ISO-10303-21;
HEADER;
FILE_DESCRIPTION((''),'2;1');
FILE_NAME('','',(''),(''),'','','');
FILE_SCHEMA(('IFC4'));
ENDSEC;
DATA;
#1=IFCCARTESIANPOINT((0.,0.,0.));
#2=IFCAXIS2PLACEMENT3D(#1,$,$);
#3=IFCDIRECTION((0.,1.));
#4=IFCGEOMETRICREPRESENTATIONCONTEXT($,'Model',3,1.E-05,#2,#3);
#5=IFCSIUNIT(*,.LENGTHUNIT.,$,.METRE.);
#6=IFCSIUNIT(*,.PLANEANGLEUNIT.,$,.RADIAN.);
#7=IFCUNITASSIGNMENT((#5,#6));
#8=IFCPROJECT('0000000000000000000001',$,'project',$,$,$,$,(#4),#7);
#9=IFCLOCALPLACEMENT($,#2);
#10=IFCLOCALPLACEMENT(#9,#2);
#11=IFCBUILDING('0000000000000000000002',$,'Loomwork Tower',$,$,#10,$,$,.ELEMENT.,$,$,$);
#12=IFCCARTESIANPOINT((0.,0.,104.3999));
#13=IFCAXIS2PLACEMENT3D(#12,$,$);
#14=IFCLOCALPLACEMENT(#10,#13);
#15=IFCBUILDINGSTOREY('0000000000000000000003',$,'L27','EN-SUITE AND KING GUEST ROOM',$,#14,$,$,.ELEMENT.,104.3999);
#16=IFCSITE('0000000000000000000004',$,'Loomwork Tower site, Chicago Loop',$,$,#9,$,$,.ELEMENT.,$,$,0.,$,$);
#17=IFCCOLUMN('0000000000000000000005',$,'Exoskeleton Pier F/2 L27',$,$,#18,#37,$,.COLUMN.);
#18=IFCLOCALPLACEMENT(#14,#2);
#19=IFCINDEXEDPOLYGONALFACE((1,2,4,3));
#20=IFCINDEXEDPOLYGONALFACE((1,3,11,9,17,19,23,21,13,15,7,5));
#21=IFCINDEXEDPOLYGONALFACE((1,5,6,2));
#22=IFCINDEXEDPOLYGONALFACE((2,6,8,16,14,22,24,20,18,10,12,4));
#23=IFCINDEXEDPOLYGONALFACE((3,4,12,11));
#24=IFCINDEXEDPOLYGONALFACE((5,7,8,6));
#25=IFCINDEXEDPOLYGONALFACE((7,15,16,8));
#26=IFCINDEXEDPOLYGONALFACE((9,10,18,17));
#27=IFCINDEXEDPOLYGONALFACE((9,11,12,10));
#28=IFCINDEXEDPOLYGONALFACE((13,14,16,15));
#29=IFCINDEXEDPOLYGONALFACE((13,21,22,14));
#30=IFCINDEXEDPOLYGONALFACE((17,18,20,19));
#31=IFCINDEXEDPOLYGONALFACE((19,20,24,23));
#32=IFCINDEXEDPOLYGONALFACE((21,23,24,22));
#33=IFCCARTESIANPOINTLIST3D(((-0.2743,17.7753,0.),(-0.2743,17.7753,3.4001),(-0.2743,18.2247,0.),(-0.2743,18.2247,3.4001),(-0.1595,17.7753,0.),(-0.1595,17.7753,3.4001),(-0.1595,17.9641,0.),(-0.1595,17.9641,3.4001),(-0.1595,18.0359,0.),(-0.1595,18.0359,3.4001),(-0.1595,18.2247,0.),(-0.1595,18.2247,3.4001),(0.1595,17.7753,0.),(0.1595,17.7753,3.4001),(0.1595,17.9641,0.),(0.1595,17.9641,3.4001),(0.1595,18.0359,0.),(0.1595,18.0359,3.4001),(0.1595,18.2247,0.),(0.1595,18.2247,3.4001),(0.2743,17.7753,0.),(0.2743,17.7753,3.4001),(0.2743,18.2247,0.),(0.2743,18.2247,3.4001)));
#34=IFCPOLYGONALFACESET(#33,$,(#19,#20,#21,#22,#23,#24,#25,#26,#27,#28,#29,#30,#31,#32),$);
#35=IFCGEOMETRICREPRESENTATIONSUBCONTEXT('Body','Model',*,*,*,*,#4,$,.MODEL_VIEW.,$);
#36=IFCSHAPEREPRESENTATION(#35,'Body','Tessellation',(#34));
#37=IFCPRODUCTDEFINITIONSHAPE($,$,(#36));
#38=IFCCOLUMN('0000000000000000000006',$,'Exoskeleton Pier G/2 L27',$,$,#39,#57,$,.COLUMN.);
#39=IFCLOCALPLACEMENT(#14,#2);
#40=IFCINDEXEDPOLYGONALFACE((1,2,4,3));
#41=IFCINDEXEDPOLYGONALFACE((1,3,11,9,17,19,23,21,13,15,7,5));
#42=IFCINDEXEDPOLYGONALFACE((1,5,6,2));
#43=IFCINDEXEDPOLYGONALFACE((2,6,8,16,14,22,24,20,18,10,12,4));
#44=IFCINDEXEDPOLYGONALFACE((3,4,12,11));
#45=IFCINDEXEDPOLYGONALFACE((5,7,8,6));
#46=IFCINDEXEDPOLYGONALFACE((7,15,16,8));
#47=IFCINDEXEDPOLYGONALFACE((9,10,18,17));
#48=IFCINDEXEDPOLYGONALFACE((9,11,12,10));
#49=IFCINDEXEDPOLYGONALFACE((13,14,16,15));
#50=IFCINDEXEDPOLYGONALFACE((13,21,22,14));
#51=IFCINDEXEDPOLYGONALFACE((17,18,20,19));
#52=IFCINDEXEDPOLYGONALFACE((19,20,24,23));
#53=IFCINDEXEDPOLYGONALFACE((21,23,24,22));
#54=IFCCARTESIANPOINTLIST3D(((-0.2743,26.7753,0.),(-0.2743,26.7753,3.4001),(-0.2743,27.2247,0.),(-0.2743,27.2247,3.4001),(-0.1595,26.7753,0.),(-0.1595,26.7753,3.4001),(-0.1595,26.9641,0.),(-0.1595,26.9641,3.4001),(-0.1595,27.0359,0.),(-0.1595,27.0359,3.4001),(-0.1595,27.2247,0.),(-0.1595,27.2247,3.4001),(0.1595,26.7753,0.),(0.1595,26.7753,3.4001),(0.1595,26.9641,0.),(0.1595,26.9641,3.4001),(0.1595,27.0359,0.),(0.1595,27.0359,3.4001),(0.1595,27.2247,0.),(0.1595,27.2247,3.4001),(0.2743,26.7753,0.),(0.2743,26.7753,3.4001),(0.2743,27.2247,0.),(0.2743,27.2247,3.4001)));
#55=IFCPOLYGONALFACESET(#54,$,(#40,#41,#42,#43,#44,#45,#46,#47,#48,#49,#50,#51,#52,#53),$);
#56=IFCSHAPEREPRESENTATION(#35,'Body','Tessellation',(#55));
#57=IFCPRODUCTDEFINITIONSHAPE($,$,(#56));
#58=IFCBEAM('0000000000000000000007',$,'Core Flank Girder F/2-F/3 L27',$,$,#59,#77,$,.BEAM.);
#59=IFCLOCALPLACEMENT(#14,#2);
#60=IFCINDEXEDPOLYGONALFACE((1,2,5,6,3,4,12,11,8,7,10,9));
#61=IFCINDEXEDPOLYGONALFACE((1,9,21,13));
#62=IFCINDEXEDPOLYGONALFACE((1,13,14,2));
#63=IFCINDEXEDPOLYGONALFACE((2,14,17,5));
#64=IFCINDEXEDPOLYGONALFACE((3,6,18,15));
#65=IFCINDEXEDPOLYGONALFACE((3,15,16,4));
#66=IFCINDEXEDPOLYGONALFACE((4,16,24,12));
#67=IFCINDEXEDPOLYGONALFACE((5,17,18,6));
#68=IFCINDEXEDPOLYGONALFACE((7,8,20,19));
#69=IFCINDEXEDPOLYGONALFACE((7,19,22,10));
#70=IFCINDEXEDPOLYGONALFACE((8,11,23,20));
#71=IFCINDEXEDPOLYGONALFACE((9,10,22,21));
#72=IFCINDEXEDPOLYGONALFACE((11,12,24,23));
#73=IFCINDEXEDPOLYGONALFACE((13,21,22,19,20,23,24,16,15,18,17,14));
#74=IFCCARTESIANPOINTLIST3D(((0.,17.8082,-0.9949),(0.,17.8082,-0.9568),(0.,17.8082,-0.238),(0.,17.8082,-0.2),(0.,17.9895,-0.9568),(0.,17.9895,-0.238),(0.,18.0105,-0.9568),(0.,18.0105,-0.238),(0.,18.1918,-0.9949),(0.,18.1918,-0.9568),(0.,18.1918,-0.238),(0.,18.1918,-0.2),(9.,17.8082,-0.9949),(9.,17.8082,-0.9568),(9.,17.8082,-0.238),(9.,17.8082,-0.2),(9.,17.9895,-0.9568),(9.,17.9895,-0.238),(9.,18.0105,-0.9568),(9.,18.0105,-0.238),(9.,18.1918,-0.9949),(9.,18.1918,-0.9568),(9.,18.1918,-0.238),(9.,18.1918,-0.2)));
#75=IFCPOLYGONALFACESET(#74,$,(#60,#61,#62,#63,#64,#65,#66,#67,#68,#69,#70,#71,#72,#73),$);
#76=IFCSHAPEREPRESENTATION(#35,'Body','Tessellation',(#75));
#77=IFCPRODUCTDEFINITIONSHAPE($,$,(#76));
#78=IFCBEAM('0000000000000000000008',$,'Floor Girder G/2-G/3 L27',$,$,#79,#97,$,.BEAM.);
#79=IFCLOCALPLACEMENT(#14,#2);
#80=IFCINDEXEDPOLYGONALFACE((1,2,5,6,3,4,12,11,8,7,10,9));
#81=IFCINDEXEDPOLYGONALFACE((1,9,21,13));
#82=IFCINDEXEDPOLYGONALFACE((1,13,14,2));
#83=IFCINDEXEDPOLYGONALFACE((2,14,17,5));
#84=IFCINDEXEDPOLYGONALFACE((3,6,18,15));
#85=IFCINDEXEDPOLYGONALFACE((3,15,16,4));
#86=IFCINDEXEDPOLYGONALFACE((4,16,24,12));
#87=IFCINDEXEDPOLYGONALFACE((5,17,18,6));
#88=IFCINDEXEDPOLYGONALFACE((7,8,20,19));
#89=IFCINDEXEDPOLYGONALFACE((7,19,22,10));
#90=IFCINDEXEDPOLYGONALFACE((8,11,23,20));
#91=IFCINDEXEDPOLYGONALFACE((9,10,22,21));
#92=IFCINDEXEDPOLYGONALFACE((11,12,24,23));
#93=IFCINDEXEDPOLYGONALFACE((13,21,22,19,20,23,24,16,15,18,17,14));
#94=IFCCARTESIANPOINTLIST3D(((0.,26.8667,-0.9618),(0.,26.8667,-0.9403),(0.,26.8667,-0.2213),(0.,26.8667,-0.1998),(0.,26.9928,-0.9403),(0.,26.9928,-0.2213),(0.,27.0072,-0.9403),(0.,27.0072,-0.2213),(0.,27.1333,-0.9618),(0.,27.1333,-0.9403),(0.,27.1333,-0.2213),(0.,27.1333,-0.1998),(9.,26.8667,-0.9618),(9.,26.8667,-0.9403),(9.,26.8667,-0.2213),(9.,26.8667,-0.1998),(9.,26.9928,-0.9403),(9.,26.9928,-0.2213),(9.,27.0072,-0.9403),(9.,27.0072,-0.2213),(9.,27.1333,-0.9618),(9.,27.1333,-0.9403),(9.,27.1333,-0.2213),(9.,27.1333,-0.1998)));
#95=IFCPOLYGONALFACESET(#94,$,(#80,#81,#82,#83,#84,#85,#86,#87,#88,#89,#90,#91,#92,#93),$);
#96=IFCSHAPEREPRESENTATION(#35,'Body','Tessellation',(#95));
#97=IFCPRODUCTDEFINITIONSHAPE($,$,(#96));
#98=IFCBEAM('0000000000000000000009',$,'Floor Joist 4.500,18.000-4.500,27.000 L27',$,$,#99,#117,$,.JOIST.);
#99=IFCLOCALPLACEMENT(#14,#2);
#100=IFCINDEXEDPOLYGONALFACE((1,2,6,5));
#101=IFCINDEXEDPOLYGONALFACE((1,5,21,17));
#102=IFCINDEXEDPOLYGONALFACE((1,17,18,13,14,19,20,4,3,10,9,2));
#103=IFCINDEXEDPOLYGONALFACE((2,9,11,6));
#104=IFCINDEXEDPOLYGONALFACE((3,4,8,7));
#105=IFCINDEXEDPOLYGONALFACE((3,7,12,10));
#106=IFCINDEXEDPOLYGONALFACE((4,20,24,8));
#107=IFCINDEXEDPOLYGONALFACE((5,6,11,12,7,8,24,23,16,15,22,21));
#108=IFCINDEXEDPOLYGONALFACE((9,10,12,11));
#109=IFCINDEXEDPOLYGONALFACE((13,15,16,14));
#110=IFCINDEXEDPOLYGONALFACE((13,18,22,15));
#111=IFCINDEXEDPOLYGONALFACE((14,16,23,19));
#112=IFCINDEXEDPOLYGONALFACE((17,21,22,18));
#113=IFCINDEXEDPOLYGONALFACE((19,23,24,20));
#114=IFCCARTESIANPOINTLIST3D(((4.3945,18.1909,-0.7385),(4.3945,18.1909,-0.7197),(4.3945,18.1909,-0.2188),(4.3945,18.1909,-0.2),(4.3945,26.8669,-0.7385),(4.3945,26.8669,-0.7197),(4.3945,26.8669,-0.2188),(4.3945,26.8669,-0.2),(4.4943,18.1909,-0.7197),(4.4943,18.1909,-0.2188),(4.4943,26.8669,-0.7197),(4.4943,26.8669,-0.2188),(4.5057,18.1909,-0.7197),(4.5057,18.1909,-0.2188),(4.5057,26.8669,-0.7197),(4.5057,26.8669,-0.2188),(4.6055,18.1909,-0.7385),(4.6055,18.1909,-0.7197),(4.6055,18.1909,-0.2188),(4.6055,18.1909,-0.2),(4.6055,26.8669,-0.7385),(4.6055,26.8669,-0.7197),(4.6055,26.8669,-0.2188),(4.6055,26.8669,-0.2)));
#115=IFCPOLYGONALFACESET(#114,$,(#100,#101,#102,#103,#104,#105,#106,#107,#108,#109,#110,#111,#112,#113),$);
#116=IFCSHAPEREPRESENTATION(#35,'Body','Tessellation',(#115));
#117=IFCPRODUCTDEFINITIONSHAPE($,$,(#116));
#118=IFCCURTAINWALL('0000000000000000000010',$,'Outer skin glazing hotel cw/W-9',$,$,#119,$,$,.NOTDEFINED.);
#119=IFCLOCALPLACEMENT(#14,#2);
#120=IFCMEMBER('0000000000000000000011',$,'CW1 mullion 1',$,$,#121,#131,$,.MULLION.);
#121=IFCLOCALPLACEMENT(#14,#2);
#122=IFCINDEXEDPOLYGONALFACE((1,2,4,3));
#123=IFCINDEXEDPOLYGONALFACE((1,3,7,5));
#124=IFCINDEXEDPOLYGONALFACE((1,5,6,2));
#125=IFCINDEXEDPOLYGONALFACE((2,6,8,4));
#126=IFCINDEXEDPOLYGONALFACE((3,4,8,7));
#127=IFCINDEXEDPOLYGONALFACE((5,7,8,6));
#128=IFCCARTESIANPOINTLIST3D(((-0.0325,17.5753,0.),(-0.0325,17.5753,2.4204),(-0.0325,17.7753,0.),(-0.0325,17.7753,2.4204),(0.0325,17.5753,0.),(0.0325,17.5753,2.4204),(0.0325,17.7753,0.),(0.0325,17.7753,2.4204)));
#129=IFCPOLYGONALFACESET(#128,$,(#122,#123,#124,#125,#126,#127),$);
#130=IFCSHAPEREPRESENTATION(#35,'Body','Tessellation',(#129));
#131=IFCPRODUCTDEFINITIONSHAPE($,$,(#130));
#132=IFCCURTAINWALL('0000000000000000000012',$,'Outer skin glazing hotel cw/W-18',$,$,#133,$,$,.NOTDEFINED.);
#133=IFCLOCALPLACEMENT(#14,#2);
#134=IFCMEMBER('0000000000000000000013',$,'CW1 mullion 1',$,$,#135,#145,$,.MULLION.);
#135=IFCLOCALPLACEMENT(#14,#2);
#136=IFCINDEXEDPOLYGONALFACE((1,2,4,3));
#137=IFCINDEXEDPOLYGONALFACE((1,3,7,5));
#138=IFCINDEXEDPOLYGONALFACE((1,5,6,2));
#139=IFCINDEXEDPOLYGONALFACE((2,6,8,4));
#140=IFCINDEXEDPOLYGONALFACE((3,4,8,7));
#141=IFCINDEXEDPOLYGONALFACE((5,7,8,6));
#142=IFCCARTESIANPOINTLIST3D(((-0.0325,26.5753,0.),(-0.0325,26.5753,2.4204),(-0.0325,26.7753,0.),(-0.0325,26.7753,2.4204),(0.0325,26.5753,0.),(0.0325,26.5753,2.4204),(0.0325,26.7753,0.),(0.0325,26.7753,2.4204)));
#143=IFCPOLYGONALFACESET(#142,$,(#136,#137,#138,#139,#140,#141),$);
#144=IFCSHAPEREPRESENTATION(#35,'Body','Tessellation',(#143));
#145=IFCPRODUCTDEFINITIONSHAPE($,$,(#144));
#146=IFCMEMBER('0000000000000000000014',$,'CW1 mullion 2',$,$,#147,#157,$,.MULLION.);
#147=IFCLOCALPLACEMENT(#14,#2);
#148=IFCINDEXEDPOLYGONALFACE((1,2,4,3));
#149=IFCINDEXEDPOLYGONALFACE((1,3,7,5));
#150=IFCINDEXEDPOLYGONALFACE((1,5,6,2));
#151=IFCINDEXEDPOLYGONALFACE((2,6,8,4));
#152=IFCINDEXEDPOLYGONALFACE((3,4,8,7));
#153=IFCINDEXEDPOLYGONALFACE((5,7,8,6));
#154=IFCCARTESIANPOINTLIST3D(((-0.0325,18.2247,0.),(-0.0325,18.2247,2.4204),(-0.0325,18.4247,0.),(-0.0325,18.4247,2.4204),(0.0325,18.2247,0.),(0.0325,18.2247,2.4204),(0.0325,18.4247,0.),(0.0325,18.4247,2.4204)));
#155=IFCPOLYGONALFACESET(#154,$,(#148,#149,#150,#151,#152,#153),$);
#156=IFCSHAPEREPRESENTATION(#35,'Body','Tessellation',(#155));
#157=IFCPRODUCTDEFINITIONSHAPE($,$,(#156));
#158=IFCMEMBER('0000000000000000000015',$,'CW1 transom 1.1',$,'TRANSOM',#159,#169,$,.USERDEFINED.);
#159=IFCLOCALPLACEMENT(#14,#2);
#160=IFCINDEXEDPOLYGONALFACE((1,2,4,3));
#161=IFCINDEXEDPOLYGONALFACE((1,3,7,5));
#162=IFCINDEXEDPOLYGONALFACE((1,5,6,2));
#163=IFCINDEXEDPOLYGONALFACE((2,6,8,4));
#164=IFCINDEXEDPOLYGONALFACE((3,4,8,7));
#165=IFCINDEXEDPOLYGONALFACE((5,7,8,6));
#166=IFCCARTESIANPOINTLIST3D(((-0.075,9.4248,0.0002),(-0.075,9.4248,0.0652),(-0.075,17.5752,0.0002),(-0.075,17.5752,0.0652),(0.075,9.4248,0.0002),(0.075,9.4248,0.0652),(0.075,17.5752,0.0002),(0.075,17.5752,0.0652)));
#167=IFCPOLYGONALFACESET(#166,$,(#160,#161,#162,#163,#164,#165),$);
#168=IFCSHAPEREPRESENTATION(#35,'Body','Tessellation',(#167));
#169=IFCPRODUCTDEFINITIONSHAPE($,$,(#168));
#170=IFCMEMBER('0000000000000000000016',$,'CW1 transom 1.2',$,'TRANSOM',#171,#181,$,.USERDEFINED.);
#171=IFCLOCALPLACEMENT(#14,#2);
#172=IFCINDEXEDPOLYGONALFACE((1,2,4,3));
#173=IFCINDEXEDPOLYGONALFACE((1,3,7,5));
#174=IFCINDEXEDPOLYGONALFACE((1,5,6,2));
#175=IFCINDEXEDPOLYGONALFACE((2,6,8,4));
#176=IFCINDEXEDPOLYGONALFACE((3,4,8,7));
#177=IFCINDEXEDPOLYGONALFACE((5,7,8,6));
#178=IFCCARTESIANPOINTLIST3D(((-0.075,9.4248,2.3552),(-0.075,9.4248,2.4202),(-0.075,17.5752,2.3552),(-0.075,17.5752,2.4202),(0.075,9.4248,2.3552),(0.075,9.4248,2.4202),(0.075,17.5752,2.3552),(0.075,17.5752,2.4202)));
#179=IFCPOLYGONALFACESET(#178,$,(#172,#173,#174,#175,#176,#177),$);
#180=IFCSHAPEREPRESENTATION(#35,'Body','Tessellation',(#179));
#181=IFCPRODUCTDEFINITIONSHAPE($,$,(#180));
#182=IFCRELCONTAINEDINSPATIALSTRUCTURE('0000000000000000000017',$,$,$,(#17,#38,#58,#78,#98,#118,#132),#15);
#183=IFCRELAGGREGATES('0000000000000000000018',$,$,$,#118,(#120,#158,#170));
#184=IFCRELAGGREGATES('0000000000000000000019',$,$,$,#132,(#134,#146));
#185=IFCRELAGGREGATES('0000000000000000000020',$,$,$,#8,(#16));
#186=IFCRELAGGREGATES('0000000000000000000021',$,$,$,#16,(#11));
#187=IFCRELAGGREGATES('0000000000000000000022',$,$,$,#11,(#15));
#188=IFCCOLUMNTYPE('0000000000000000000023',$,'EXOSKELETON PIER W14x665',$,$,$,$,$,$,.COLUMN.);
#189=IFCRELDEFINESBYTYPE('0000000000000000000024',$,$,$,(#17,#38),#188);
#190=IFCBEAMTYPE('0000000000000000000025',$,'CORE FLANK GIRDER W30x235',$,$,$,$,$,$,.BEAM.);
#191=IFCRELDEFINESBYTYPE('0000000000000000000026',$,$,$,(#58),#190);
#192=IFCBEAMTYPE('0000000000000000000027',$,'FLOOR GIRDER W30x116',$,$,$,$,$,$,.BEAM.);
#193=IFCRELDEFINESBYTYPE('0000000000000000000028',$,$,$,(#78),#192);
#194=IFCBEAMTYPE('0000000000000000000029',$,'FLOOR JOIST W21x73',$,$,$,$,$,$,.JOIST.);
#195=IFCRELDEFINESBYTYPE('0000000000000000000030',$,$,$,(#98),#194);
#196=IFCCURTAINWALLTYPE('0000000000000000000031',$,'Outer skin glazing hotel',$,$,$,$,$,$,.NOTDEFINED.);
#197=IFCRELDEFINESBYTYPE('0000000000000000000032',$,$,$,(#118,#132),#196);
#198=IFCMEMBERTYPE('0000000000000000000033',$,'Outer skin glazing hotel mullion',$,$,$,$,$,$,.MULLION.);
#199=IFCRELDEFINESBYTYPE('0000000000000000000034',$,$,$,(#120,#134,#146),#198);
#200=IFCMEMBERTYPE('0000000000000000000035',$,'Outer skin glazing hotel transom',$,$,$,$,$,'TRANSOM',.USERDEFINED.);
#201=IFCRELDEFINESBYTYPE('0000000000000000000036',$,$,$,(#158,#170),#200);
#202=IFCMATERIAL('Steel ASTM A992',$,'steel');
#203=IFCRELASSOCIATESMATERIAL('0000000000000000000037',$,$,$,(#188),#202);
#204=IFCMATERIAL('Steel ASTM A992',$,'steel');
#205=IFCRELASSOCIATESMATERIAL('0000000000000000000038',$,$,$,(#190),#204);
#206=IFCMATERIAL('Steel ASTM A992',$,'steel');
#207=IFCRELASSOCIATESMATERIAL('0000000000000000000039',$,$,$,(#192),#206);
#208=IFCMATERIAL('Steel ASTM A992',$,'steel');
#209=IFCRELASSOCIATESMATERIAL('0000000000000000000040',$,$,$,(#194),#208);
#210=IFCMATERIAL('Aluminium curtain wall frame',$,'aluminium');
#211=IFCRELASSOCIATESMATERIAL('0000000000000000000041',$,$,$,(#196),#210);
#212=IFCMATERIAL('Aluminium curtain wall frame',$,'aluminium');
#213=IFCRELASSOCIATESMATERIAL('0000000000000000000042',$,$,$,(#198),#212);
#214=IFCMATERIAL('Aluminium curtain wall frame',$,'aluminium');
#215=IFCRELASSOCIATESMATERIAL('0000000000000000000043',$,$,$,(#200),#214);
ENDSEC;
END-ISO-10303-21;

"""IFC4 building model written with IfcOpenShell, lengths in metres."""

from ifc_helpers import new_model, si_unit, direction, frame, origin, origin_2d, place, context, subcontext, project, spatial, rectangle, i_section, extrude, material, material_profile, profile_set, type_object, element, aggregate, save


model = new_model("IFC4")

# Units and contexts
model_context = context("Model", 3, precision=1e-05, world=origin(), true_north=direction((0.0, 1.0)))
body_context = subcontext(model_context, "Body", "Model", "MODEL_VIEW")
ifc_project = project(units=[si_unit("LENGTHUNIT", "METRE"), si_unit("PLANEANGLEUNIT", "RADIAN")], contexts=[model_context])

# Site, building, storey
site_placement = place(None, origin())
site = spatial("IfcSite", under=ifc_project, at=site_placement, Name="Loomwork Tower site, Chicago Loop", CompositionType="ELEMENT", RefElevation=0.0)
building_placement = place(site_placement, origin())
building = spatial("IfcBuilding", under=site, at=building_placement, Name="Loomwork Tower", CompositionType="ELEMENT")
storey_placement = place(building_placement, frame((0.0, 0.0, 104.3999)))
storey = spatial("IfcBuildingStorey", under=building, at=storey_placement, Name="L27", Description="EN-SUITE AND KING GUEST ROOM", CompositionType="ELEMENT", Elevation=104.3999)

# Columns
ifc_material_1 = material(Name="Steel ASTM A992", Category="steel")
ifc_material_profile_1 = material_profile(ifc_material_1, i_section(OverallWidth=0.4495, OverallDepth=0.5486, WebThickness=0.0718, FlangeThickness=0.1147, at=origin_2d()), Name="W14x665")
ifc_profile_set_1 = profile_set([ifc_material_profile_1], Name="Steel ASTM A992")
column_type = type_object("IfcColumnType", Name="EXOSKELETON PIER W14x665", PredefinedType="COLUMN", material=ifc_profile_set_1)
for number, where, z_axis, x_axis, name in (
    (1, (0.0, 18.0, 0.0), (0.0, 0.0, 1.0), (0.0, 1.0, 0.0), "Exoskeleton Pier F/2 L27"),
    (2, (0.0, 27.0, 0.0), (0.0, 0.0, 1.0), (0.0, 1.0, 0.0), "Exoskeleton Pier G/2 L27"),
):
    element("IfcColumn", number, at=place(storey_placement, frame(where, z_axis=z_axis, x_axis=x_axis)), inside=storey, type_object=column_type, Name=name, PredefinedType="COLUMN", context=body_context, shape_type="SweptSolid", body=[
        extrude(i_section(OverallWidth=0.4495, OverallDepth=0.5486, WebThickness=0.0718, FlangeThickness=0.1147, at=origin_2d()), origin(), (0.0, 0.0, 1.0), 3.4001),
    ])

# Beams
ifc_material_2 = material(Name="Steel ASTM A992", Category="steel")
ifc_material_profile_2 = material_profile(ifc_material_2, i_section(OverallWidth=0.3835, OverallDepth=0.7949, WebThickness=0.021, FlangeThickness=0.0381, at=origin_2d()), Name="W30x235")
ifc_profile_set_2 = profile_set([ifc_material_profile_2], Name="Steel ASTM A992")
beam_type_1 = type_object("IfcBeamType", Name="CORE FLANK GIRDER W30x235", PredefinedType="BEAM", material=ifc_profile_set_2)
beam_1_placement = place(storey_placement, frame((0.0, 18.0, -0.5974), z_axis=(1.0, 0.0, 0.0), x_axis=(0.0, 1.0, 0.0)))
element("IfcBeam", 3, at=beam_1_placement, inside=storey, type_object=beam_type_1, Name="Core Flank Girder F/2-F/3 L27", PredefinedType="BEAM", context=body_context, shape_type="SweptSolid", body=[
    extrude(i_section(OverallWidth=0.3835, OverallDepth=0.7949, WebThickness=0.021, FlangeThickness=0.0381, at=origin_2d()), origin(), (0.0, 0.0, 1.0), 9.0),
])
ifc_material_3 = material(Name="Steel ASTM A992", Category="steel")
ifc_material_profile_3 = material_profile(ifc_material_3, i_section(OverallWidth=0.2666, OverallDepth=0.762, WebThickness=0.0144, FlangeThickness=0.0215, at=origin_2d()), Name="W30x116")
ifc_profile_set_3 = profile_set([ifc_material_profile_3], Name="Steel ASTM A992")
beam_type_2 = type_object("IfcBeamType", Name="FLOOR GIRDER W30x116", PredefinedType="BEAM", material=ifc_profile_set_3)
beam_2_placement = place(storey_placement, frame((0.0, 27.0, -0.5808), z_axis=(1.0, 0.0, 0.0), x_axis=(0.0, 1.0, 0.0)))
element("IfcBeam", 4, at=beam_2_placement, inside=storey, type_object=beam_type_2, Name="Floor Girder G/2-G/3 L27", PredefinedType="BEAM", context=body_context, shape_type="SweptSolid", body=[
    extrude(i_section(OverallWidth=0.2666, OverallDepth=0.762, WebThickness=0.0144, FlangeThickness=0.0215, at=origin_2d()), origin(), (0.0, 0.0, 1.0), 9.0),
])
ifc_material_4 = material(Name="Steel ASTM A992", Category="steel")
ifc_material_profile_4 = material_profile(ifc_material_4, i_section(OverallWidth=0.2109, OverallDepth=0.5386, WebThickness=0.0115, FlangeThickness=0.0188, at=origin_2d()), Name="W21x73")
ifc_profile_set_4 = profile_set([ifc_material_profile_4], Name="Steel ASTM A992")
beam_type_3 = type_object("IfcBeamType", Name="FLOOR JOIST W21x73", PredefinedType="JOIST", material=ifc_profile_set_4)
beam_3_placement = place(storey_placement, frame((4.5, 18.1909, -0.4692), z_axis=(0.0, 1.0, 0.0), x_axis=(-1.0, 0.0, 0.0)))
element("IfcBeam", 5, at=beam_3_placement, inside=storey, type_object=beam_type_3, Name="Floor Joist 4.500,18.000-4.500,27.000 L27", PredefinedType="JOIST", context=body_context, shape_type="SweptSolid", body=[
    extrude(i_section(OverallWidth=0.2109, OverallDepth=0.5386, WebThickness=0.0115, FlangeThickness=0.0188, at=origin_2d()), origin(), (0.0, 0.0, 1.0), 8.676),
])

# Curtain wall, member
ifc_material_5 = material(Name="Aluminium curtain wall frame", Category="aluminium")
curtain_wall_type = type_object("IfcCurtainWallType", Name="Outer skin glazing hotel", PredefinedType="NOTDEFINED", material=ifc_material_5)
curtain_wall_1_placement = place(storey_placement, origin())
curtain_wall_1 = element("IfcCurtainWall", 6, at=curtain_wall_1_placement, inside=storey, type_object=curtain_wall_type, Name="Outer skin glazing hotel cw/W-9", PredefinedType="NOTDEFINED")
ifc_material_6 = material(Name="Aluminium curtain wall frame", Category="aluminium")
ifc_material_profile_5 = material_profile(ifc_material_6, rectangle(XDim=0.0649, YDim=0.2, at=origin_2d()), Name="AL 65x200")
ifc_profile_set_5 = profile_set([ifc_material_profile_5], Name="Aluminium curtain wall frame")
member_type_1 = type_object("IfcMemberType", Name="Outer skin glazing hotel mullion", PredefinedType="MULLION", material=ifc_profile_set_5)
member_1_placement = place(storey_placement, frame((0.0, 17.6753, 0.0), z_axis=(0.0, 0.0, 1.0), x_axis=(1.0, 0.0, 0.0)))
member_1 = element("IfcMember", 7, at=member_1_placement, type_object=member_type_1, Name="CW1 mullion 1", PredefinedType="MULLION", context=body_context, shape_type="SweptSolid", body=[
    extrude(rectangle(XDim=0.0649, YDim=0.2, at=origin_2d()), origin(), (0.0, 0.0, 1.0), 2.4204),
])

# Curtain wall, members
curtain_wall_2_placement = place(storey_placement, origin())
curtain_wall_2 = element("IfcCurtainWall", 8, at=curtain_wall_2_placement, inside=storey, type_object=curtain_wall_type, Name="Outer skin glazing hotel cw/W-18", PredefinedType="NOTDEFINED")
member_2_placement = place(storey_placement, frame((0.0, 26.6753, 0.0), z_axis=(0.0, 0.0, 1.0), x_axis=(1.0, 0.0, 0.0)))
member_2 = element("IfcMember", 9, at=member_2_placement, type_object=member_type_1, Name="CW1 mullion 1", PredefinedType="MULLION", context=body_context, shape_type="SweptSolid", body=[
    extrude(rectangle(XDim=0.0649, YDim=0.2, at=origin_2d()), origin(), (0.0, 0.0, 1.0), 2.4204),
])
member_3_placement = place(storey_placement, frame((0.0, 18.3247, 0.0), z_axis=(0.0, 0.0, 1.0), x_axis=(1.0, 0.0, 0.0)))
member_3 = element("IfcMember", 10, at=member_3_placement, type_object=member_type_1, Name="CW1 mullion 2", PredefinedType="MULLION", context=body_context, shape_type="SweptSolid", body=[
    extrude(rectangle(XDim=0.0649, YDim=0.2, at=origin_2d()), origin(), (0.0, 0.0, 1.0), 2.4204),
])

# Members
ifc_material_7 = material(Name="Aluminium curtain wall frame", Category="aluminium")
ifc_material_profile_6 = material_profile(ifc_material_7, rectangle(XDim=0.1499, YDim=0.0649, at=origin_2d()), Name="AL 65x150")
ifc_profile_set_6 = profile_set([ifc_material_profile_6], Name="Aluminium curtain wall frame")
member_type_2 = type_object("IfcMemberType", Name="Outer skin glazing hotel transom", ElementType="TRANSOM", PredefinedType="USERDEFINED", material=ifc_profile_set_6)
member_4_placement = place(storey_placement, frame((0.0, 17.5752, 0.0327), z_axis=(0.0, -1.0, 0.0), x_axis=(1.0, 0.0, 0.0)))
member_4 = element("IfcMember", 11, at=member_4_placement, type_object=member_type_2, Name="CW1 transom 1.1", ObjectType="TRANSOM", PredefinedType="USERDEFINED", context=body_context, shape_type="SweptSolid", body=[
    extrude(rectangle(XDim=0.1499, YDim=0.0649, at=origin_2d()), origin(), (0.0, 0.0, 1.0), 8.1504),
])
member_5_placement = place(storey_placement, frame((0.0, 17.5752, 2.3877), z_axis=(0.0, -1.0, 0.0), x_axis=(1.0, 0.0, 0.0)))
member_5 = element("IfcMember", 12, at=member_5_placement, type_object=member_type_2, Name="CW1 transom 1.2", ObjectType="TRANSOM", PredefinedType="USERDEFINED", context=body_context, shape_type="SweptSolid", body=[
    extrude(rectangle(XDim=0.1499, YDim=0.0649, at=origin_2d()), origin(), (0.0, 0.0, 1.0), 8.1504),
])
aggregate(curtain_wall_1, [member_1, member_4, member_5])

aggregate(curtain_wall_2, [member_2, member_3])

save(model, "model.ifc")
